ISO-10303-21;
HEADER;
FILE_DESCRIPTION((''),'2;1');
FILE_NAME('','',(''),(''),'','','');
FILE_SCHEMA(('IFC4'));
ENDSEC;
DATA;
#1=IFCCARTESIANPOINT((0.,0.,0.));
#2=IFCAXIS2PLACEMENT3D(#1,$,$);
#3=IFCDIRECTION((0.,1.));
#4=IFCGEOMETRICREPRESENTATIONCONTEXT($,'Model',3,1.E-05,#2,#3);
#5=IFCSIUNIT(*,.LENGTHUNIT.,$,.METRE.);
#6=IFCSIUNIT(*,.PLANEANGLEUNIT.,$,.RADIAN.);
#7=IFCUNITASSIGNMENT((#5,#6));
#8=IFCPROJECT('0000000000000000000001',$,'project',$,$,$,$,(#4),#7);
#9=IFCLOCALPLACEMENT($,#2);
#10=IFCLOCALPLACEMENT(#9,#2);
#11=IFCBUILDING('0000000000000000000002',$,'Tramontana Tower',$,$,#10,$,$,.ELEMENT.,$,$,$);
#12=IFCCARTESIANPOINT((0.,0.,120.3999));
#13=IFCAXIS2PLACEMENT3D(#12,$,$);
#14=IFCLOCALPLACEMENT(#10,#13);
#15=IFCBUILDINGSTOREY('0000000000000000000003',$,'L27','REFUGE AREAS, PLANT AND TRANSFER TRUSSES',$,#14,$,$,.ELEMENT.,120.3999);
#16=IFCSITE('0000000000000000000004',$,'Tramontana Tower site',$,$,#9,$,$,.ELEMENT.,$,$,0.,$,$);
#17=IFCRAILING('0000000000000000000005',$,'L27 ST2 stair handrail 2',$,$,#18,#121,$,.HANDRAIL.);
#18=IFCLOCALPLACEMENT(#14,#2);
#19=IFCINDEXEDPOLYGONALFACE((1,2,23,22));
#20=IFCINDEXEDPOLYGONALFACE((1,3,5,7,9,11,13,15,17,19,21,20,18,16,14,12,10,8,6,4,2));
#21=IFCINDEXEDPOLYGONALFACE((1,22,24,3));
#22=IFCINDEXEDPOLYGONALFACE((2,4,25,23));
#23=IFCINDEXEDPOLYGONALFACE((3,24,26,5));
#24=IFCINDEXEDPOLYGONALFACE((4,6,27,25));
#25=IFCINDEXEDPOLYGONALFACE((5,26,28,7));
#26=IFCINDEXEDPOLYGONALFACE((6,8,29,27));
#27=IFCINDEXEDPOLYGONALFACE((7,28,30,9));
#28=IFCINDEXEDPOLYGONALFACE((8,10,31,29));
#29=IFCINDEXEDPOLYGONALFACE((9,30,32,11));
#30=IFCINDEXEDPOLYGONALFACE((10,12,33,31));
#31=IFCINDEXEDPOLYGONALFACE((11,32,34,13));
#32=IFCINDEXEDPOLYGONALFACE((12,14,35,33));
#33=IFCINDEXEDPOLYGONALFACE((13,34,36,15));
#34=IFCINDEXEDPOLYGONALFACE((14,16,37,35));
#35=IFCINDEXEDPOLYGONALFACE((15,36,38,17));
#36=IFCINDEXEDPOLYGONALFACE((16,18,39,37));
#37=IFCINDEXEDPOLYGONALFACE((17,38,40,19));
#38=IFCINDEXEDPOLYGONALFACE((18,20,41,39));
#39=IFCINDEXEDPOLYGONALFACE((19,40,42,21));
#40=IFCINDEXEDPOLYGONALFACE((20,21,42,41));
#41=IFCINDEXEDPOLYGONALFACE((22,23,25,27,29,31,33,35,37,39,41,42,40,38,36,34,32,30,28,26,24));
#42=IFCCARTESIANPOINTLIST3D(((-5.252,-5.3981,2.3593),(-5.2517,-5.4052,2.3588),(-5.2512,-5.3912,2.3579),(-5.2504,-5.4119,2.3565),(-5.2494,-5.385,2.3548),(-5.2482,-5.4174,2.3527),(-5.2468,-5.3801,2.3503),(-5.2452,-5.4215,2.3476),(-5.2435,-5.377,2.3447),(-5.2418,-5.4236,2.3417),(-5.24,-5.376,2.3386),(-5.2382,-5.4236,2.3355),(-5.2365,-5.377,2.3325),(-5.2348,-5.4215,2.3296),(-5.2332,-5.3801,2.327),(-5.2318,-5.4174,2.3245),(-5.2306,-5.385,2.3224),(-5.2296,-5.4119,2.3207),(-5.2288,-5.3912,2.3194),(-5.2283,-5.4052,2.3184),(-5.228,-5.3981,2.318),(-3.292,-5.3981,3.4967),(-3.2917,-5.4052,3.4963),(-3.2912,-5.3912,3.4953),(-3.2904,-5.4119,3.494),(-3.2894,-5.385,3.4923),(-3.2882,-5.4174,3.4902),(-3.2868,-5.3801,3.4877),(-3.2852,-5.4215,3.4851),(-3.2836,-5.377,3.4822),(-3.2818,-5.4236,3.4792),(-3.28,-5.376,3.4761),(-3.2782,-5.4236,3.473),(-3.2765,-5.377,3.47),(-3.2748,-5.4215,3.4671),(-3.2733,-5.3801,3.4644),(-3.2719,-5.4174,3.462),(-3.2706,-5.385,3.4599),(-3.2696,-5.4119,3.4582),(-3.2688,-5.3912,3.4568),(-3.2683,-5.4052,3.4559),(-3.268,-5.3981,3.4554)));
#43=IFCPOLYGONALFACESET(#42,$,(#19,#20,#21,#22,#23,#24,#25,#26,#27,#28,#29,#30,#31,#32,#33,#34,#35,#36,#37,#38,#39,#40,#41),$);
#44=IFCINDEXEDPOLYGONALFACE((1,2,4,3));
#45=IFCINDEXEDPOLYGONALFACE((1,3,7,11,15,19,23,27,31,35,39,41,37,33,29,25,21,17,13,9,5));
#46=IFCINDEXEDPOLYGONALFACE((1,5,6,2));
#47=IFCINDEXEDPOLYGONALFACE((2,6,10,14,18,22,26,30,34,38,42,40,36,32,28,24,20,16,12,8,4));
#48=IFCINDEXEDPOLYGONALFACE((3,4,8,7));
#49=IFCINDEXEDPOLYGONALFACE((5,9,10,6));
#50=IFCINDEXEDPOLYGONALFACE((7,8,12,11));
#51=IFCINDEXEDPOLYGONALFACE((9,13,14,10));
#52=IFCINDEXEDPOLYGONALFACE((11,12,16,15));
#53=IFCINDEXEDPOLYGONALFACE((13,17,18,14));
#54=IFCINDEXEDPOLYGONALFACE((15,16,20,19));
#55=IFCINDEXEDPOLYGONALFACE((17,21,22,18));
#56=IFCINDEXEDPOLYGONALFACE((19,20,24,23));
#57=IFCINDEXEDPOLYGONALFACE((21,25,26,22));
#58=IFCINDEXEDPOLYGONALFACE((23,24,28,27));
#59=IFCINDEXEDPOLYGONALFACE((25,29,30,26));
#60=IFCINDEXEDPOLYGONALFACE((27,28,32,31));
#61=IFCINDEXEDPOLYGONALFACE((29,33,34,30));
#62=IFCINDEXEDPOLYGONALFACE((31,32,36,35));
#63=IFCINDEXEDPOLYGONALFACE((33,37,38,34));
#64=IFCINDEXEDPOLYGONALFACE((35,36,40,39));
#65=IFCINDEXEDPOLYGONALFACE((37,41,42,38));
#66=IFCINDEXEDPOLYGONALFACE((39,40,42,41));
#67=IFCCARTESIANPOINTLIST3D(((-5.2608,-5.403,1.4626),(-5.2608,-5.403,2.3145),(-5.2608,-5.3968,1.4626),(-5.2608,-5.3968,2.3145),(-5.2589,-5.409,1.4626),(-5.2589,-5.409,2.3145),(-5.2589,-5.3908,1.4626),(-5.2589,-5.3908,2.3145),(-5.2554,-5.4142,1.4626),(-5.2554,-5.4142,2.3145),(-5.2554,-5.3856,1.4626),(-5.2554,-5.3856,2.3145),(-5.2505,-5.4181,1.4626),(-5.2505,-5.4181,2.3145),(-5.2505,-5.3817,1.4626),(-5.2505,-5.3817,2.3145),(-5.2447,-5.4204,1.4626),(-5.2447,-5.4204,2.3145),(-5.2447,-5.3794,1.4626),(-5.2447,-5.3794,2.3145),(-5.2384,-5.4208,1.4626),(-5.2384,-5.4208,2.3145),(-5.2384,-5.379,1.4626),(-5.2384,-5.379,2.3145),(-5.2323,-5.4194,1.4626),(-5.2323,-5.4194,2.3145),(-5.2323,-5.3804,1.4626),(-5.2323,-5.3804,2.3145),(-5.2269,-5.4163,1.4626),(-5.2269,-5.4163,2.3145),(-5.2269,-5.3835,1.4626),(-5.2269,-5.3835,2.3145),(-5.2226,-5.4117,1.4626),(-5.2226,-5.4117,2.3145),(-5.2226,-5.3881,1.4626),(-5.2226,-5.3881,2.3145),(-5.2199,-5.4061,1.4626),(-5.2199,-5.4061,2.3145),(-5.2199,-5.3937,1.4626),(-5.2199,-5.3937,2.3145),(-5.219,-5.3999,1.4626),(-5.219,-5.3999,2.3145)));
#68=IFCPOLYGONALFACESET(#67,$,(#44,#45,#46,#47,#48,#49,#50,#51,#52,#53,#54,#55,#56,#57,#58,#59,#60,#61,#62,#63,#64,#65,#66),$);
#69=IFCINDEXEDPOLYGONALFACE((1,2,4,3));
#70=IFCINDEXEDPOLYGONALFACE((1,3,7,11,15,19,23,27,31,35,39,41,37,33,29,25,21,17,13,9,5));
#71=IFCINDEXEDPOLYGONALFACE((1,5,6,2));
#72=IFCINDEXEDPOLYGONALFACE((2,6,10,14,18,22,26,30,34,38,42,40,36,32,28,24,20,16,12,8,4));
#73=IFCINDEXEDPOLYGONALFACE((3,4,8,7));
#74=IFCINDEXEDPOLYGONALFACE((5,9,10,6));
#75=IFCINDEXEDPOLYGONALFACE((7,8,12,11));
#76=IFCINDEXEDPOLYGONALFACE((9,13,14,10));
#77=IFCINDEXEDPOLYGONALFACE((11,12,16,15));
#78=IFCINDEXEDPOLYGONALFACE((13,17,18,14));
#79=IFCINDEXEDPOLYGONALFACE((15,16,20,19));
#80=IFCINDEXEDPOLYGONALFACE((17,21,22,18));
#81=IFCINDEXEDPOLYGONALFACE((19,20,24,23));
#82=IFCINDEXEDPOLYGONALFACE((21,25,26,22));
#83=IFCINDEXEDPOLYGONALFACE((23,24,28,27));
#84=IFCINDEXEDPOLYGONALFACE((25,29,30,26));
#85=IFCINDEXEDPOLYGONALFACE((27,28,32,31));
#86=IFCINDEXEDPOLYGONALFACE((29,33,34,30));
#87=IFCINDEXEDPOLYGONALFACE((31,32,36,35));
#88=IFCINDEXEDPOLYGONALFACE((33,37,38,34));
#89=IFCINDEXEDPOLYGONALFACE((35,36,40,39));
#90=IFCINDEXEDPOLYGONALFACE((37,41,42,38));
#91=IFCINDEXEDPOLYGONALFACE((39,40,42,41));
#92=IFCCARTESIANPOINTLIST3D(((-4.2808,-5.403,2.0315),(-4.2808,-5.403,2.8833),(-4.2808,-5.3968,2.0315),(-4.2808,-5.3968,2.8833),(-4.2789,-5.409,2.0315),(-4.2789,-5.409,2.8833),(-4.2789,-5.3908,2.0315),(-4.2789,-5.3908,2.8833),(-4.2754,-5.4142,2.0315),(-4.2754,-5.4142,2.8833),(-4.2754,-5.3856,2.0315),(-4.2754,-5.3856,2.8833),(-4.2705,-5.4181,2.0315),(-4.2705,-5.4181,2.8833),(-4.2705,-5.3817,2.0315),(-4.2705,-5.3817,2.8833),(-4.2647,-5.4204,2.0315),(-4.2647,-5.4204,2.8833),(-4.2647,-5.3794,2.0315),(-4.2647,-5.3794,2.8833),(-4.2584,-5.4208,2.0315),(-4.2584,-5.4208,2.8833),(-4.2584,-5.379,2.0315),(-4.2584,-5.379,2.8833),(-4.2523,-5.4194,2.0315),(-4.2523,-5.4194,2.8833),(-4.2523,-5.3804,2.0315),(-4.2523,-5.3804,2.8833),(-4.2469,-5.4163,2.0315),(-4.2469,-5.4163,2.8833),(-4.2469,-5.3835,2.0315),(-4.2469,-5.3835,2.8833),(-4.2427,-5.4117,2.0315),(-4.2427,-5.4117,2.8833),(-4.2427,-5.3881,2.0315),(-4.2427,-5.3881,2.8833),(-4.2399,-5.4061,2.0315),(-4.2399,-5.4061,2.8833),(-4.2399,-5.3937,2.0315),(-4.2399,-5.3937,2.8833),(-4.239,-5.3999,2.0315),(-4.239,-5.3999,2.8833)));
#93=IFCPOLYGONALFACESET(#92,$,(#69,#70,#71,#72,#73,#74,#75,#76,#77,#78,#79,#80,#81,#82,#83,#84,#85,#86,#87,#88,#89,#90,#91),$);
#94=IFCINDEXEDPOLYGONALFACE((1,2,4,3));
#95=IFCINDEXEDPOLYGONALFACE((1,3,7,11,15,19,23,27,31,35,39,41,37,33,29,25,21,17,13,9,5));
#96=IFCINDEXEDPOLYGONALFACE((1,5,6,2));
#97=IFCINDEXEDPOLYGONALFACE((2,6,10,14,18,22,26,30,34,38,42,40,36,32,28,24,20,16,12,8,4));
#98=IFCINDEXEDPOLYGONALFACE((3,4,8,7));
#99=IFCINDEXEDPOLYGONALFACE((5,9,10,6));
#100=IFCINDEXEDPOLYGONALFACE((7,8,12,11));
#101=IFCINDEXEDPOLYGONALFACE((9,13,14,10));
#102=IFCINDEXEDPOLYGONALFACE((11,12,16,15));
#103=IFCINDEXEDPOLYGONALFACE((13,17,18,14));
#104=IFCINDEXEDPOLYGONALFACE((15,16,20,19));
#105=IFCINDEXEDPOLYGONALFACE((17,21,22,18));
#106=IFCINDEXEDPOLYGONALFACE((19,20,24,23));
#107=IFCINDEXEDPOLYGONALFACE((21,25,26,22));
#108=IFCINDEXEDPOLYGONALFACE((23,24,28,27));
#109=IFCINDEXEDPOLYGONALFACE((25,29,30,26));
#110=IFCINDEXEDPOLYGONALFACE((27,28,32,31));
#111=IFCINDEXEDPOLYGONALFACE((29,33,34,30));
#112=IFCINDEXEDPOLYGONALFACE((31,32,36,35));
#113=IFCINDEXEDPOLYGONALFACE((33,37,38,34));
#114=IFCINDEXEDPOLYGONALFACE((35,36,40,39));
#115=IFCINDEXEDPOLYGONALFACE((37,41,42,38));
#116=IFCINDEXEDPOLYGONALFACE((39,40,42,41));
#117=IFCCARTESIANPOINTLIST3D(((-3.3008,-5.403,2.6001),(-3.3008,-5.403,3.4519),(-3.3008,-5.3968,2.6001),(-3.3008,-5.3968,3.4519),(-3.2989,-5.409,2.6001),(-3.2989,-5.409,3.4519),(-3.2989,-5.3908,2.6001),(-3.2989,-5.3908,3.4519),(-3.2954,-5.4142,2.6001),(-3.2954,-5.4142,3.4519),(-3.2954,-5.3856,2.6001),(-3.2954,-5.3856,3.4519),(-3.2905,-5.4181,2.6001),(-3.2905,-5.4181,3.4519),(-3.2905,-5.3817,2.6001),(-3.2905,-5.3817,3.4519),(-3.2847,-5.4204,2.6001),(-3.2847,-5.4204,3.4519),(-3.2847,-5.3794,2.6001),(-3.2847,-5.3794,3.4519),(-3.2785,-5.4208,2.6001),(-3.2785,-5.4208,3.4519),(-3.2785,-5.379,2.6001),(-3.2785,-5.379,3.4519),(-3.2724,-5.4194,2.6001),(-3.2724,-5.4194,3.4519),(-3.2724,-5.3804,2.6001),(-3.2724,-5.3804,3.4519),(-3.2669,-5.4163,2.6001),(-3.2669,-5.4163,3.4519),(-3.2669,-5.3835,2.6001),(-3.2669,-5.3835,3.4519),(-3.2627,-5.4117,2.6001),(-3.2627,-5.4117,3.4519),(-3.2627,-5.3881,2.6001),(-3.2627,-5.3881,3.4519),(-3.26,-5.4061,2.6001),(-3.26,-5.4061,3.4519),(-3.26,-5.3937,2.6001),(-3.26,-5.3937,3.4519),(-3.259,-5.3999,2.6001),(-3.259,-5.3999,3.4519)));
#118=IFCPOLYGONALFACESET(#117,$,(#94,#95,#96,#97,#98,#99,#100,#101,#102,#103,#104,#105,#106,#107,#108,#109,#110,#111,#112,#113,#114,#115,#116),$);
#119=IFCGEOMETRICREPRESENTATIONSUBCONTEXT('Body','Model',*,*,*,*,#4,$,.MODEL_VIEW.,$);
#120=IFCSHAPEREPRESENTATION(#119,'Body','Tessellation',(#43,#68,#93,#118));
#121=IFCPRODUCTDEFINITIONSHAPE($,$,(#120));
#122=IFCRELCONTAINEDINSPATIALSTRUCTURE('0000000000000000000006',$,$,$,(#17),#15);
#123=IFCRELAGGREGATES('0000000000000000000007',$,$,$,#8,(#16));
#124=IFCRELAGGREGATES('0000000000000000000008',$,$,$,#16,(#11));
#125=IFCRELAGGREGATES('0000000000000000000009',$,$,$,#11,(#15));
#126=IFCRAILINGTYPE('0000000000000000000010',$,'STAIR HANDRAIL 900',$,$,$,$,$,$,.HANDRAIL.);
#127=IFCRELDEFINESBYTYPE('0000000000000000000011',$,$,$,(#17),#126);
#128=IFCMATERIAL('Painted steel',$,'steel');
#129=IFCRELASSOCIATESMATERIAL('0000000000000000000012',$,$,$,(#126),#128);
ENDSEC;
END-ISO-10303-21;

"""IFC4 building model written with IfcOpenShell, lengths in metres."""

from ifc_helpers import new_model, si_unit, direction, frame, origin, origin_2d, place, context, subcontext, project, spatial, circle, extrude, material, type_object, element, save


model = new_model("IFC4")

# Units and contexts
model_context = context("Model", 3, precision=1e-05, world=origin(), true_north=direction((0.0, 1.0)))
body_context = subcontext(model_context, "Body", "Model", "MODEL_VIEW")
ifc_project = project(units=[si_unit("LENGTHUNIT", "METRE"), si_unit("PLANEANGLEUNIT", "RADIAN")], contexts=[model_context])

# Site, building, storey
site_placement = place(None, origin())
site = spatial("IfcSite", under=ifc_project, at=site_placement, Name="Tramontana Tower site", CompositionType="ELEMENT", RefElevation=0.0)
building_placement = place(site_placement, origin())
building = spatial("IfcBuilding", under=site, at=building_placement, Name="Tramontana Tower", CompositionType="ELEMENT")
storey_placement = place(building_placement, frame((0.0, 0.0, 120.3999)))
storey = spatial("IfcBuildingStorey", under=building, at=storey_placement, Name="L27", Description="REFUGE AREAS, PLANT AND TRANSFER TRUSSES", CompositionType="ELEMENT", Elevation=120.3999)

# Railing
ifc_material_1 = material(Name="Painted steel", Category="steel")
railing_type_1 = type_object("IfcRailingType", Name="STAIR HANDRAIL 900", PredefinedType="HANDRAIL", material=ifc_material_1)
railing_1_placement = place(storey_placement, frame((-5.24, -5.3999, 1.4626)))
element("IfcRailing", 1, at=railing_1_placement, inside=storey, type_object=railing_type_1, Name="L27 ST2 stair handrail 2", PredefinedType="HANDRAIL", context=body_context, shape_type="SweptSolid", body=[
    extrude(circle(Radius=0.0239, at=origin_2d()), frame((0.0, 0.0, 0.876), z_axis=(0.864902, 0.0, 0.501941), x_axis=(0.0, 1.0, 0.0)), (0.0, 0.0, 1.0), 2.2661),
    extrude(circle(Radius=0.021, at=origin_2d()), origin(), (0.0, 0.0, 1.0), 0.8518),
    extrude(circle(Radius=0.021, at=origin_2d()), frame((0.98, 0.0, 0.5688)), (0.0, 0.0, 1.0), 0.8518),
    extrude(circle(Radius=0.021, at=origin_2d()), frame((1.96, 0.0, 1.1375)), (0.0, 0.0, 1.0), 0.8518),
])

save(model, "model.ifc")
